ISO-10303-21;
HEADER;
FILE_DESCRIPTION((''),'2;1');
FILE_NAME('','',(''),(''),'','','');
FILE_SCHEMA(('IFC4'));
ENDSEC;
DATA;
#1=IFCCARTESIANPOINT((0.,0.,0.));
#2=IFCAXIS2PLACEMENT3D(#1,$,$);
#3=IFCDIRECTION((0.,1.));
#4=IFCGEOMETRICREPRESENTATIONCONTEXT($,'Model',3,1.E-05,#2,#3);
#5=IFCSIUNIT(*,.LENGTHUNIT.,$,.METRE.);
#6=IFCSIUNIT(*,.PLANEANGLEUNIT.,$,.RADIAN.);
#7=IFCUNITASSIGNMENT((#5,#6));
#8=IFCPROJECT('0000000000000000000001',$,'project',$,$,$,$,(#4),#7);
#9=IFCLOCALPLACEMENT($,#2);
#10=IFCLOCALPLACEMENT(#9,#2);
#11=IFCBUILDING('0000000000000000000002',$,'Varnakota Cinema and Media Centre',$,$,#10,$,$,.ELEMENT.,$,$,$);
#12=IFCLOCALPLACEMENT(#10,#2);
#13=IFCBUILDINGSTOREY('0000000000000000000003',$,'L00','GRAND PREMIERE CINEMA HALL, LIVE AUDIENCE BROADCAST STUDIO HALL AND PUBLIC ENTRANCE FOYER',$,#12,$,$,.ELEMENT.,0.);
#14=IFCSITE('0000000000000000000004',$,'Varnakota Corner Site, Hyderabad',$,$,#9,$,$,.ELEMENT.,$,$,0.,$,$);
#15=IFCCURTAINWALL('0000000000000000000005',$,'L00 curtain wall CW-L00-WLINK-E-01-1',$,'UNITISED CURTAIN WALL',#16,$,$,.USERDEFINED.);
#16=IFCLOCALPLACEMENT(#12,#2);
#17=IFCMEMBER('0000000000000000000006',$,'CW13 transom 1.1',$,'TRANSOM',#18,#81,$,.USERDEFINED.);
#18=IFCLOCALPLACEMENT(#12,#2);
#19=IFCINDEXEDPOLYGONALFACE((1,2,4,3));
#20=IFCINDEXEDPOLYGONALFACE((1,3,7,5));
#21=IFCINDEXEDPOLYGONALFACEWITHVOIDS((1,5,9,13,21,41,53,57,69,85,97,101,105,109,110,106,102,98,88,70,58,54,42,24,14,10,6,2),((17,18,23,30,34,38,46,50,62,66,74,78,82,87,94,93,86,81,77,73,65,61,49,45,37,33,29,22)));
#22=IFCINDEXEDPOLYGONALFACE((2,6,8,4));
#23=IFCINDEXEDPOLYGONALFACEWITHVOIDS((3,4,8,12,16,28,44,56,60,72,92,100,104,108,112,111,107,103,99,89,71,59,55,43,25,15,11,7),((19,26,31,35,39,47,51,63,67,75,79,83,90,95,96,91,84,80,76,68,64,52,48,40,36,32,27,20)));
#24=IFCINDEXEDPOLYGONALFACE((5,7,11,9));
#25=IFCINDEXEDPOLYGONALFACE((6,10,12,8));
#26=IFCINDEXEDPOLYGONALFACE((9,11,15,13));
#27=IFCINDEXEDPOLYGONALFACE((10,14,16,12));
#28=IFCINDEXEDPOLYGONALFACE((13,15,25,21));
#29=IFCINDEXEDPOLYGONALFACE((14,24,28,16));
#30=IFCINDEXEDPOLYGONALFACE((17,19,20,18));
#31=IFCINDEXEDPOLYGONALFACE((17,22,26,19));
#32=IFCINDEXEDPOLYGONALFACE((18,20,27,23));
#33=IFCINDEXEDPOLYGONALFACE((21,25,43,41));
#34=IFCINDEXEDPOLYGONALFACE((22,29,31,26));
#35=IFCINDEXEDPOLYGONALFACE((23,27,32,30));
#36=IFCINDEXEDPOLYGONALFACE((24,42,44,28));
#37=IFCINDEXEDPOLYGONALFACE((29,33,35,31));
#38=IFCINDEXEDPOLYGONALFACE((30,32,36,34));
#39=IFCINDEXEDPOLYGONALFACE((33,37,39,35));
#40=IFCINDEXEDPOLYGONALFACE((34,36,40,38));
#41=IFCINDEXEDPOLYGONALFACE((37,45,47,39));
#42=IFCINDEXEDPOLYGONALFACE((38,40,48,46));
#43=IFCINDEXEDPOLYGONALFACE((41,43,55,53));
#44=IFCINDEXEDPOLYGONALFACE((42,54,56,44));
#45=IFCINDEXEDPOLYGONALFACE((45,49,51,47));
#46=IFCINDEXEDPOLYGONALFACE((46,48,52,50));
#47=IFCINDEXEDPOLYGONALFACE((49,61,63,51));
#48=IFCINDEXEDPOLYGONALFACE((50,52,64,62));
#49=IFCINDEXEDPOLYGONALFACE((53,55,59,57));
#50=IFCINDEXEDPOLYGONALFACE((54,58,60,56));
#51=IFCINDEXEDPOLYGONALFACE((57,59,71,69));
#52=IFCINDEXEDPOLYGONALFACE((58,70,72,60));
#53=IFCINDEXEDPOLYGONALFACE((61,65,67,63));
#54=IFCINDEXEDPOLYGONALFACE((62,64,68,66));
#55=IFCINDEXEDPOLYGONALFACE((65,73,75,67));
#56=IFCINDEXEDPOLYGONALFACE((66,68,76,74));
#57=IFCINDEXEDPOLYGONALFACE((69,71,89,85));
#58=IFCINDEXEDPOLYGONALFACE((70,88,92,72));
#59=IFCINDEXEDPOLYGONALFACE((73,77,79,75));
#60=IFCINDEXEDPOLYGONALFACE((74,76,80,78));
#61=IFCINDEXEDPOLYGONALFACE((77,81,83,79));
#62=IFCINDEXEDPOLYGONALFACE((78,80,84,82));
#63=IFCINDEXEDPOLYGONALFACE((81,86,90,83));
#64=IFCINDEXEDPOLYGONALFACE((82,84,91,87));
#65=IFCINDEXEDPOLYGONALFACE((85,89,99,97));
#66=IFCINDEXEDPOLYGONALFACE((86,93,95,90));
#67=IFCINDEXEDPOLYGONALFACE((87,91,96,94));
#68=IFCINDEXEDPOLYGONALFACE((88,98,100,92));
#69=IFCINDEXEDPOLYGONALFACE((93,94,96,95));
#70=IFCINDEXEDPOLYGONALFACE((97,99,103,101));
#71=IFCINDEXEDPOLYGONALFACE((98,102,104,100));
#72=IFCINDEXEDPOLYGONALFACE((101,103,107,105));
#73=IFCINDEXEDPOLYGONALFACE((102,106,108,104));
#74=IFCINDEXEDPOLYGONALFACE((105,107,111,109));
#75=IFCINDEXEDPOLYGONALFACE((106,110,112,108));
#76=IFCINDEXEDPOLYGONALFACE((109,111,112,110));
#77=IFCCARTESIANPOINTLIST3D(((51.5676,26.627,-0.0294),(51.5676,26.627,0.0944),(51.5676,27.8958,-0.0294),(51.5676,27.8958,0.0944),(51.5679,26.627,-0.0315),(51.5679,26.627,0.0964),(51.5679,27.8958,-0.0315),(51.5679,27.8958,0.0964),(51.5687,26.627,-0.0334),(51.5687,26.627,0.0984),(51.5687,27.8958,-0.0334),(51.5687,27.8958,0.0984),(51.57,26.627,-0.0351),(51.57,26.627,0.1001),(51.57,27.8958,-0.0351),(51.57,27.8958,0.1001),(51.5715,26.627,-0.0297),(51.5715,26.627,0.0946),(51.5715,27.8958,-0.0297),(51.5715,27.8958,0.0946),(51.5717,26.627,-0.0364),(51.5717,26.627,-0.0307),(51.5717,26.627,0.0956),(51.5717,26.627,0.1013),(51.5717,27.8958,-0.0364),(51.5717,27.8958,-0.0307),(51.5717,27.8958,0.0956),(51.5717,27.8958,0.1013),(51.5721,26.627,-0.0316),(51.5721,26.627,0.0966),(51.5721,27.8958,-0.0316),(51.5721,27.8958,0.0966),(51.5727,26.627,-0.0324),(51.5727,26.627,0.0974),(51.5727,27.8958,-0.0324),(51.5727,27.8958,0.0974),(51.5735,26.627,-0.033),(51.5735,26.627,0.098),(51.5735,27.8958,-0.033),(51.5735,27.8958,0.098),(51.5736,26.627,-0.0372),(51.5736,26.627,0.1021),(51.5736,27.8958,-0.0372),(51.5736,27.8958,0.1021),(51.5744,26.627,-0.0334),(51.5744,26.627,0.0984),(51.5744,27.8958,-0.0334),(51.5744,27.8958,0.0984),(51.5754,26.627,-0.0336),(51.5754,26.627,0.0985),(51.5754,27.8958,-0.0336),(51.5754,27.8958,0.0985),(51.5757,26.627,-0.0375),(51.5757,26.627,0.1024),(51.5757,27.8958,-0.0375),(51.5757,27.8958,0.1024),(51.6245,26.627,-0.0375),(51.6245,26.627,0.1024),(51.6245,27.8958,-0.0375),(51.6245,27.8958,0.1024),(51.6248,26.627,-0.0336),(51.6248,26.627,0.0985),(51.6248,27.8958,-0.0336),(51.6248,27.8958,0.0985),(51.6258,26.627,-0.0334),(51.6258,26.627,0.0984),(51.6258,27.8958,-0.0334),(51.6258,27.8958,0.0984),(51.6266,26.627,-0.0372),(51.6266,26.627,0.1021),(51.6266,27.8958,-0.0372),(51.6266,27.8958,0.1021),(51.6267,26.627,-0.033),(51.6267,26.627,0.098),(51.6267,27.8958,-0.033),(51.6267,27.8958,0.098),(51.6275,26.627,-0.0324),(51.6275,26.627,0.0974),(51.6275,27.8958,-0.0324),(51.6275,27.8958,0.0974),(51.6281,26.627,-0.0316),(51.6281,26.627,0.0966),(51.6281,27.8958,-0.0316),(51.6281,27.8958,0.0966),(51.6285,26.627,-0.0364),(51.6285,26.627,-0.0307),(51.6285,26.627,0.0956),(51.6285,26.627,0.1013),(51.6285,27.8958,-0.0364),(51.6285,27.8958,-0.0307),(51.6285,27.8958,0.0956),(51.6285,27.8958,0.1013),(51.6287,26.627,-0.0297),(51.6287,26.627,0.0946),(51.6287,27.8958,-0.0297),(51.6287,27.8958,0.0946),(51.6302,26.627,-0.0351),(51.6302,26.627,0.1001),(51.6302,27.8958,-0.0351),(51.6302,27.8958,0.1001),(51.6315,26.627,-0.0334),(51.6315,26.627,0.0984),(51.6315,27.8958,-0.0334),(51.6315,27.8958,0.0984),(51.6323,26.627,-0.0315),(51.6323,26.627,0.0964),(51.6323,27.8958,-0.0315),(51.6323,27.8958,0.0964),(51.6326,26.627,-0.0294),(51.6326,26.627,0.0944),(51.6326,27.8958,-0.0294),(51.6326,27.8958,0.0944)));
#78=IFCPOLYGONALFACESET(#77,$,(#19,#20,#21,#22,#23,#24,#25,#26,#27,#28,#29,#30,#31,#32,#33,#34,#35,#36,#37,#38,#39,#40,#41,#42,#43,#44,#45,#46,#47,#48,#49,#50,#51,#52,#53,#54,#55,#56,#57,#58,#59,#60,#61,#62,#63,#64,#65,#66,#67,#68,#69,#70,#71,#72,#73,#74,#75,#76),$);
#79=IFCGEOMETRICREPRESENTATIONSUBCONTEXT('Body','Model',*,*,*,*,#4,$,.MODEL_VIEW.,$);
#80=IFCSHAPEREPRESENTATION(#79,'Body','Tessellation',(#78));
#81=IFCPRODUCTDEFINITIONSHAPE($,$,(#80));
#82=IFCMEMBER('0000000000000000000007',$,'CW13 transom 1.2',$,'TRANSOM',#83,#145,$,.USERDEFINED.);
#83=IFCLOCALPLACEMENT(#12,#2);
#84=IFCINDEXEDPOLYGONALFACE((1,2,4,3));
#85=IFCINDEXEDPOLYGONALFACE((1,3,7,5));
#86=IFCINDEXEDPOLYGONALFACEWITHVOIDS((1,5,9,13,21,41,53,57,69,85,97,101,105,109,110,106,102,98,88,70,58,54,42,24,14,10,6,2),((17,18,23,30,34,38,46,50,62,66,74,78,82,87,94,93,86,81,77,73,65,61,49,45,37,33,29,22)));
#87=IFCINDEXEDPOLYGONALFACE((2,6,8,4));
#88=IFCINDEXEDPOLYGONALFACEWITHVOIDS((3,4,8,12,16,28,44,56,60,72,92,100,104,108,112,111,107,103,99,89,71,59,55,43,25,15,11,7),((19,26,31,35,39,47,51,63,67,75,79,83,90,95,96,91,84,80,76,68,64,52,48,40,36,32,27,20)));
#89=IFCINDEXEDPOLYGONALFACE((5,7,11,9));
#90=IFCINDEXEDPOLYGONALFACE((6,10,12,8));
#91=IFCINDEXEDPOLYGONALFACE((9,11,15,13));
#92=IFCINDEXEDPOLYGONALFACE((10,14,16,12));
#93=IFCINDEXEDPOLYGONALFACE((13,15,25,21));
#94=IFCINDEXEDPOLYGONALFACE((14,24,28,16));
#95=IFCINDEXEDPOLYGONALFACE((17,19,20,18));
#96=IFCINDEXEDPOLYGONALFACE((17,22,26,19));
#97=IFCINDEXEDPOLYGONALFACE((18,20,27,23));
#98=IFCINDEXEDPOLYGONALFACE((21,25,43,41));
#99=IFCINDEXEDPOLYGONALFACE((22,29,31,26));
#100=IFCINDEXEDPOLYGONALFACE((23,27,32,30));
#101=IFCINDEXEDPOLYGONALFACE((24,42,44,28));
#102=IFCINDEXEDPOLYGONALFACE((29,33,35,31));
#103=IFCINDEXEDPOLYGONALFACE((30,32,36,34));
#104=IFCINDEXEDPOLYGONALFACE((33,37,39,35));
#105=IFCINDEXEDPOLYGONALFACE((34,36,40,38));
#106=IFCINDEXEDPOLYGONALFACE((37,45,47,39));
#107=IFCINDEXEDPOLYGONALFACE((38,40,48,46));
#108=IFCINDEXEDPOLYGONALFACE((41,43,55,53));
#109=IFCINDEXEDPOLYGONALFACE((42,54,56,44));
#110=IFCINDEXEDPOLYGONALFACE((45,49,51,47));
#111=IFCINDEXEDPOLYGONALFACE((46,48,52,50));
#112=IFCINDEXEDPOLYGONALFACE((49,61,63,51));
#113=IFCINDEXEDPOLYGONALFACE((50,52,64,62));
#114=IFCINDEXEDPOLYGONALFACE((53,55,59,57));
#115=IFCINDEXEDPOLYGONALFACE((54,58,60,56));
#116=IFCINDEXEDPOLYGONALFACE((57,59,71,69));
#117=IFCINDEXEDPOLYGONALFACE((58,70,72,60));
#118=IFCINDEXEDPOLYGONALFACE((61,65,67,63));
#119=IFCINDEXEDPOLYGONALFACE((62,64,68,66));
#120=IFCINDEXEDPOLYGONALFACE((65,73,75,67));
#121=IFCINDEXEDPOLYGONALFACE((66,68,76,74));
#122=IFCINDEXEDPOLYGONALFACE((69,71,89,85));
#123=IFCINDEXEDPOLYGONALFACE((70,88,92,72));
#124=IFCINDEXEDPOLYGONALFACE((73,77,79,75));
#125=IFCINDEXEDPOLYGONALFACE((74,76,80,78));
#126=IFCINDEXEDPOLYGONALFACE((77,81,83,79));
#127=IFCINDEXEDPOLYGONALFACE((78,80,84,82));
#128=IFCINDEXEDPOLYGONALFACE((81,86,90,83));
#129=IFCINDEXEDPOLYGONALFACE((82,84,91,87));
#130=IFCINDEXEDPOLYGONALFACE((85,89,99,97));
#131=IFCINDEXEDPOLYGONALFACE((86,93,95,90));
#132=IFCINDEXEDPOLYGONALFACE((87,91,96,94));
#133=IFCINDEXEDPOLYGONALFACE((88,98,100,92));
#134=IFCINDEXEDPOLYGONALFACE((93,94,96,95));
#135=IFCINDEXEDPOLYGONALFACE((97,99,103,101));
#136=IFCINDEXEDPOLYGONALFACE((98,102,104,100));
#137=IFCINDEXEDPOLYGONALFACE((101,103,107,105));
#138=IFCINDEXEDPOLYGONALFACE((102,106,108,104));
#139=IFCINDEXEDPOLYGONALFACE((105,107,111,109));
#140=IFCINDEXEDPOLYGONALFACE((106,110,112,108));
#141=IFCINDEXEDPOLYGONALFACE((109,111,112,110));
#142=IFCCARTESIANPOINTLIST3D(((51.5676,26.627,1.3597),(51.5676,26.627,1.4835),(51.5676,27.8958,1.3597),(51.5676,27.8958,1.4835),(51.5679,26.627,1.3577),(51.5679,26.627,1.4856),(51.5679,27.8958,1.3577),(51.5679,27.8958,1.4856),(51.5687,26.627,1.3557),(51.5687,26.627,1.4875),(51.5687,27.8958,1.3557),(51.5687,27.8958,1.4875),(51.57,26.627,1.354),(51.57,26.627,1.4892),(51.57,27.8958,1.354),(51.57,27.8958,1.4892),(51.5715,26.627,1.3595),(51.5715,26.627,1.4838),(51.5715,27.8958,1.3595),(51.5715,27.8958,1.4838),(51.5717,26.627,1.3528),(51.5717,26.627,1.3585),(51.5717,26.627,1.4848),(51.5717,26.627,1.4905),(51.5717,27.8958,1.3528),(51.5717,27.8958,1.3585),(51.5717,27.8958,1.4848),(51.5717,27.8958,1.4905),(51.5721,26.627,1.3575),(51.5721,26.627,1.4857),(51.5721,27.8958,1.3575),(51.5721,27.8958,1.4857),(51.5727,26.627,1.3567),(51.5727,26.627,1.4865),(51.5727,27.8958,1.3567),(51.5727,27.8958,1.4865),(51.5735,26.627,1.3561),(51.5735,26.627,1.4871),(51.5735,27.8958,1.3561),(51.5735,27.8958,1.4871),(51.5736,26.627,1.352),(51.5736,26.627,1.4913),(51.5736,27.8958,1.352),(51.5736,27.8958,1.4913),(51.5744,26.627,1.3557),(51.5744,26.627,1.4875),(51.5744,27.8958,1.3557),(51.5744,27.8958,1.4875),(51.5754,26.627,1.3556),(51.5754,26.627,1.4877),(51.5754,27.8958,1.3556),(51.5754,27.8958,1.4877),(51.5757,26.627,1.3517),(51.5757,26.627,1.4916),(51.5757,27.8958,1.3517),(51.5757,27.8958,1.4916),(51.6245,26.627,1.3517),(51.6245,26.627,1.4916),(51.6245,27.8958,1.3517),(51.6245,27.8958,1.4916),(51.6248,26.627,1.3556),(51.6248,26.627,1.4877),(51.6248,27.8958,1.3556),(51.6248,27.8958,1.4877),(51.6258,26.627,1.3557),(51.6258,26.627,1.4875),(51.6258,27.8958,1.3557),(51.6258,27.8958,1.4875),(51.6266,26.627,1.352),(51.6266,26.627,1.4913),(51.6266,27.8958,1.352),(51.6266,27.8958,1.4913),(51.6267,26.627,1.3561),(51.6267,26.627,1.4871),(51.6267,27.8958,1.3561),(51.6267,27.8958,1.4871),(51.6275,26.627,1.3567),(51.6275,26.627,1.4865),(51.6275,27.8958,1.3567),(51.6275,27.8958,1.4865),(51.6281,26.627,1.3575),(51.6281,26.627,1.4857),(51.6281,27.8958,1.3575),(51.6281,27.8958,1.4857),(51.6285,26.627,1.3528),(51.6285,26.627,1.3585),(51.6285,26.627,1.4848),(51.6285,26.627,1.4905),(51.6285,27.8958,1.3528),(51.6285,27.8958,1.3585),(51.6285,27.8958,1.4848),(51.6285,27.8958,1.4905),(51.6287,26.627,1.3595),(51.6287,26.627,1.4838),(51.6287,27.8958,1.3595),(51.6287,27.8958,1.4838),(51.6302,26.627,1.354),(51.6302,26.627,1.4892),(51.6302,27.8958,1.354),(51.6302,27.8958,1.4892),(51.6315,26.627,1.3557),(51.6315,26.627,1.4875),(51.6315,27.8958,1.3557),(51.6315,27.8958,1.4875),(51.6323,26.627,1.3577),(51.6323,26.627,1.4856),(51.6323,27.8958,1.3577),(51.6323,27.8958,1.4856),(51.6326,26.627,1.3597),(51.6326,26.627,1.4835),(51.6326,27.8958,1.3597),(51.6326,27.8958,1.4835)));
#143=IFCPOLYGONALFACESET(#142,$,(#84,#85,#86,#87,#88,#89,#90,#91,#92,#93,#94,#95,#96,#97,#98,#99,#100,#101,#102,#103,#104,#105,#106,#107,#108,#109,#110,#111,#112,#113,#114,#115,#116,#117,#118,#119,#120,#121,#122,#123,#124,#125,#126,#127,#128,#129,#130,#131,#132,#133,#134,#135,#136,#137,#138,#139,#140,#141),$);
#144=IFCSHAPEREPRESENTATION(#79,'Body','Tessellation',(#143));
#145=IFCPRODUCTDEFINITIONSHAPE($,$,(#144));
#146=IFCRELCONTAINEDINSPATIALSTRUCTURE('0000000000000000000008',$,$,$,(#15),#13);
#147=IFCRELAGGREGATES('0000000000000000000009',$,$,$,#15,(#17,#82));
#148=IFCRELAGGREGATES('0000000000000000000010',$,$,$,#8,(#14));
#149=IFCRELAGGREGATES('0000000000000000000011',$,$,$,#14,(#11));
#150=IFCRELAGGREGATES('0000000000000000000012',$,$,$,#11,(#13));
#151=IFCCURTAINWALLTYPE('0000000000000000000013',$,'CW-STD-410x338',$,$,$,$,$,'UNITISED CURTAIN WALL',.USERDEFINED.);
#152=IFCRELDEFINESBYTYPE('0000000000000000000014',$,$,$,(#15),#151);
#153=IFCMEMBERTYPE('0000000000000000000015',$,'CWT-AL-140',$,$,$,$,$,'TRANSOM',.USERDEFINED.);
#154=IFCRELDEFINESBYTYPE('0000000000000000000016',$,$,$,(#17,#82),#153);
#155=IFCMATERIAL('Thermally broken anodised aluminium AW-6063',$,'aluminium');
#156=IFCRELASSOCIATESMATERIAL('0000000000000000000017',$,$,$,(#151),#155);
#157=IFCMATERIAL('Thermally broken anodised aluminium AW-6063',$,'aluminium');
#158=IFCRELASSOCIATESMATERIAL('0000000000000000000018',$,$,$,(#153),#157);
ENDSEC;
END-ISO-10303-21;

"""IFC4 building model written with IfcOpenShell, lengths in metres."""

from ifc_helpers import new_model, si_unit, direction, frame, origin, origin_2d, place, context, subcontext, project, spatial, hollow_rectangle, extrude, material, material_profile, profile_set, type_object, element, aggregate, save


model = new_model("IFC4")

# Units and contexts
model_context = context("Model", 3, precision=1e-05, world=origin(), true_north=direction((0.0, 1.0)))
body_context = subcontext(model_context, "Body", "Model", "MODEL_VIEW")
ifc_project = project(units=[si_unit("LENGTHUNIT", "METRE"), si_unit("PLANEANGLEUNIT", "RADIAN")], contexts=[model_context])

# Site, building, storey
site_placement = place(None, origin())
site = spatial("IfcSite", under=ifc_project, at=site_placement, Name="Varnakota Corner Site, Hyderabad", CompositionType="ELEMENT", RefElevation=0.0)
building_placement = place(site_placement, origin())
building = spatial("IfcBuilding", under=site, at=building_placement, Name="Varnakota Cinema and Media Centre", CompositionType="ELEMENT")
storey_placement = place(building_placement, origin())
storey = spatial("IfcBuildingStorey", under=building, at=storey_placement, Name="L00", Description="GRAND PREMIERE CINEMA HALL, LIVE AUDIENCE BROADCAST STUDIO HALL AND PUBLIC ENTRANCE FOYER", CompositionType="ELEMENT", Elevation=0.0)

# Curtain wall
ifc_material_1 = material(Name="Thermally broken anodised aluminium AW-6063", Category="aluminium")
curtain_wall_type_1 = type_object("IfcCurtainWallType", Name="CW-STD-410x338", ElementType="UNITISED CURTAIN WALL", PredefinedType="USERDEFINED", material=ifc_material_1)
curtain_wall_1_placement = place(storey_placement, origin())
curtain_wall_1 = element("IfcCurtainWall", 1, at=curtain_wall_1_placement, inside=storey, type_object=curtain_wall_type_1, Name="L00 curtain wall CW-L00-WLINK-E-01-1", ObjectType="UNITISED CURTAIN WALL", PredefinedType="USERDEFINED")

# Members
ifc_material_2 = material(Name="Thermally broken anodised aluminium AW-6063", Category="aluminium")
ifc_material_profile_1 = material_profile(ifc_material_2, hollow_rectangle(XDim=0.0649, YDim=0.1399, WallThickness=0.0039, InnerFilletRadius=0.0039, OuterFilletRadius=0.0081, at=origin_2d()), Name="AL-TRANSOM 140x65x4")
ifc_profile_set_1 = profile_set([ifc_material_profile_1], Name="Thermally broken anodised aluminium AW-6063")
member_type_1 = type_object("IfcMemberType", Name="CWT-AL-140", ElementType="TRANSOM", PredefinedType="USERDEFINED", material=ifc_profile_set_1)
member_1_placement = place(storey_placement, frame((51.6001, 26.627, 0.0325), z_axis=(0.0, 1.0, 0.0), x_axis=(-1.0, 0.0, 0.0)))
member_1 = element("IfcMember", 2, at=member_1_placement, type_object=member_type_1, Name="CW13 transom 1.1", ObjectType="TRANSOM", PredefinedType="USERDEFINED", context=body_context, shape_type="SweptSolid", body=[
    extrude(hollow_rectangle(XDim=0.0649, YDim=0.1399, WallThickness=0.0039, InnerFilletRadius=0.0039, OuterFilletRadius=0.0081, at=origin_2d()), origin(), (0.0, 0.0, 1.0), 1.2688),
])
member_2_placement = place(storey_placement, frame((51.6001, 26.627, 1.4216), z_axis=(0.0, 1.0, 0.0), x_axis=(-1.0, 0.0, 0.0)))
member_2 = element("IfcMember", 3, at=member_2_placement, type_object=member_type_1, Name="CW13 transom 1.2", ObjectType="TRANSOM", PredefinedType="USERDEFINED", context=body_context, shape_type="SweptSolid", body=[
    extrude(hollow_rectangle(XDim=0.0649, YDim=0.1399, WallThickness=0.0039, InnerFilletRadius=0.0039, OuterFilletRadius=0.0081, at=origin_2d()), origin(), (0.0, 0.0, 1.0), 1.2688),
])
aggregate(curtain_wall_1, [member_1, member_2])

save(model, "model.ifc")
